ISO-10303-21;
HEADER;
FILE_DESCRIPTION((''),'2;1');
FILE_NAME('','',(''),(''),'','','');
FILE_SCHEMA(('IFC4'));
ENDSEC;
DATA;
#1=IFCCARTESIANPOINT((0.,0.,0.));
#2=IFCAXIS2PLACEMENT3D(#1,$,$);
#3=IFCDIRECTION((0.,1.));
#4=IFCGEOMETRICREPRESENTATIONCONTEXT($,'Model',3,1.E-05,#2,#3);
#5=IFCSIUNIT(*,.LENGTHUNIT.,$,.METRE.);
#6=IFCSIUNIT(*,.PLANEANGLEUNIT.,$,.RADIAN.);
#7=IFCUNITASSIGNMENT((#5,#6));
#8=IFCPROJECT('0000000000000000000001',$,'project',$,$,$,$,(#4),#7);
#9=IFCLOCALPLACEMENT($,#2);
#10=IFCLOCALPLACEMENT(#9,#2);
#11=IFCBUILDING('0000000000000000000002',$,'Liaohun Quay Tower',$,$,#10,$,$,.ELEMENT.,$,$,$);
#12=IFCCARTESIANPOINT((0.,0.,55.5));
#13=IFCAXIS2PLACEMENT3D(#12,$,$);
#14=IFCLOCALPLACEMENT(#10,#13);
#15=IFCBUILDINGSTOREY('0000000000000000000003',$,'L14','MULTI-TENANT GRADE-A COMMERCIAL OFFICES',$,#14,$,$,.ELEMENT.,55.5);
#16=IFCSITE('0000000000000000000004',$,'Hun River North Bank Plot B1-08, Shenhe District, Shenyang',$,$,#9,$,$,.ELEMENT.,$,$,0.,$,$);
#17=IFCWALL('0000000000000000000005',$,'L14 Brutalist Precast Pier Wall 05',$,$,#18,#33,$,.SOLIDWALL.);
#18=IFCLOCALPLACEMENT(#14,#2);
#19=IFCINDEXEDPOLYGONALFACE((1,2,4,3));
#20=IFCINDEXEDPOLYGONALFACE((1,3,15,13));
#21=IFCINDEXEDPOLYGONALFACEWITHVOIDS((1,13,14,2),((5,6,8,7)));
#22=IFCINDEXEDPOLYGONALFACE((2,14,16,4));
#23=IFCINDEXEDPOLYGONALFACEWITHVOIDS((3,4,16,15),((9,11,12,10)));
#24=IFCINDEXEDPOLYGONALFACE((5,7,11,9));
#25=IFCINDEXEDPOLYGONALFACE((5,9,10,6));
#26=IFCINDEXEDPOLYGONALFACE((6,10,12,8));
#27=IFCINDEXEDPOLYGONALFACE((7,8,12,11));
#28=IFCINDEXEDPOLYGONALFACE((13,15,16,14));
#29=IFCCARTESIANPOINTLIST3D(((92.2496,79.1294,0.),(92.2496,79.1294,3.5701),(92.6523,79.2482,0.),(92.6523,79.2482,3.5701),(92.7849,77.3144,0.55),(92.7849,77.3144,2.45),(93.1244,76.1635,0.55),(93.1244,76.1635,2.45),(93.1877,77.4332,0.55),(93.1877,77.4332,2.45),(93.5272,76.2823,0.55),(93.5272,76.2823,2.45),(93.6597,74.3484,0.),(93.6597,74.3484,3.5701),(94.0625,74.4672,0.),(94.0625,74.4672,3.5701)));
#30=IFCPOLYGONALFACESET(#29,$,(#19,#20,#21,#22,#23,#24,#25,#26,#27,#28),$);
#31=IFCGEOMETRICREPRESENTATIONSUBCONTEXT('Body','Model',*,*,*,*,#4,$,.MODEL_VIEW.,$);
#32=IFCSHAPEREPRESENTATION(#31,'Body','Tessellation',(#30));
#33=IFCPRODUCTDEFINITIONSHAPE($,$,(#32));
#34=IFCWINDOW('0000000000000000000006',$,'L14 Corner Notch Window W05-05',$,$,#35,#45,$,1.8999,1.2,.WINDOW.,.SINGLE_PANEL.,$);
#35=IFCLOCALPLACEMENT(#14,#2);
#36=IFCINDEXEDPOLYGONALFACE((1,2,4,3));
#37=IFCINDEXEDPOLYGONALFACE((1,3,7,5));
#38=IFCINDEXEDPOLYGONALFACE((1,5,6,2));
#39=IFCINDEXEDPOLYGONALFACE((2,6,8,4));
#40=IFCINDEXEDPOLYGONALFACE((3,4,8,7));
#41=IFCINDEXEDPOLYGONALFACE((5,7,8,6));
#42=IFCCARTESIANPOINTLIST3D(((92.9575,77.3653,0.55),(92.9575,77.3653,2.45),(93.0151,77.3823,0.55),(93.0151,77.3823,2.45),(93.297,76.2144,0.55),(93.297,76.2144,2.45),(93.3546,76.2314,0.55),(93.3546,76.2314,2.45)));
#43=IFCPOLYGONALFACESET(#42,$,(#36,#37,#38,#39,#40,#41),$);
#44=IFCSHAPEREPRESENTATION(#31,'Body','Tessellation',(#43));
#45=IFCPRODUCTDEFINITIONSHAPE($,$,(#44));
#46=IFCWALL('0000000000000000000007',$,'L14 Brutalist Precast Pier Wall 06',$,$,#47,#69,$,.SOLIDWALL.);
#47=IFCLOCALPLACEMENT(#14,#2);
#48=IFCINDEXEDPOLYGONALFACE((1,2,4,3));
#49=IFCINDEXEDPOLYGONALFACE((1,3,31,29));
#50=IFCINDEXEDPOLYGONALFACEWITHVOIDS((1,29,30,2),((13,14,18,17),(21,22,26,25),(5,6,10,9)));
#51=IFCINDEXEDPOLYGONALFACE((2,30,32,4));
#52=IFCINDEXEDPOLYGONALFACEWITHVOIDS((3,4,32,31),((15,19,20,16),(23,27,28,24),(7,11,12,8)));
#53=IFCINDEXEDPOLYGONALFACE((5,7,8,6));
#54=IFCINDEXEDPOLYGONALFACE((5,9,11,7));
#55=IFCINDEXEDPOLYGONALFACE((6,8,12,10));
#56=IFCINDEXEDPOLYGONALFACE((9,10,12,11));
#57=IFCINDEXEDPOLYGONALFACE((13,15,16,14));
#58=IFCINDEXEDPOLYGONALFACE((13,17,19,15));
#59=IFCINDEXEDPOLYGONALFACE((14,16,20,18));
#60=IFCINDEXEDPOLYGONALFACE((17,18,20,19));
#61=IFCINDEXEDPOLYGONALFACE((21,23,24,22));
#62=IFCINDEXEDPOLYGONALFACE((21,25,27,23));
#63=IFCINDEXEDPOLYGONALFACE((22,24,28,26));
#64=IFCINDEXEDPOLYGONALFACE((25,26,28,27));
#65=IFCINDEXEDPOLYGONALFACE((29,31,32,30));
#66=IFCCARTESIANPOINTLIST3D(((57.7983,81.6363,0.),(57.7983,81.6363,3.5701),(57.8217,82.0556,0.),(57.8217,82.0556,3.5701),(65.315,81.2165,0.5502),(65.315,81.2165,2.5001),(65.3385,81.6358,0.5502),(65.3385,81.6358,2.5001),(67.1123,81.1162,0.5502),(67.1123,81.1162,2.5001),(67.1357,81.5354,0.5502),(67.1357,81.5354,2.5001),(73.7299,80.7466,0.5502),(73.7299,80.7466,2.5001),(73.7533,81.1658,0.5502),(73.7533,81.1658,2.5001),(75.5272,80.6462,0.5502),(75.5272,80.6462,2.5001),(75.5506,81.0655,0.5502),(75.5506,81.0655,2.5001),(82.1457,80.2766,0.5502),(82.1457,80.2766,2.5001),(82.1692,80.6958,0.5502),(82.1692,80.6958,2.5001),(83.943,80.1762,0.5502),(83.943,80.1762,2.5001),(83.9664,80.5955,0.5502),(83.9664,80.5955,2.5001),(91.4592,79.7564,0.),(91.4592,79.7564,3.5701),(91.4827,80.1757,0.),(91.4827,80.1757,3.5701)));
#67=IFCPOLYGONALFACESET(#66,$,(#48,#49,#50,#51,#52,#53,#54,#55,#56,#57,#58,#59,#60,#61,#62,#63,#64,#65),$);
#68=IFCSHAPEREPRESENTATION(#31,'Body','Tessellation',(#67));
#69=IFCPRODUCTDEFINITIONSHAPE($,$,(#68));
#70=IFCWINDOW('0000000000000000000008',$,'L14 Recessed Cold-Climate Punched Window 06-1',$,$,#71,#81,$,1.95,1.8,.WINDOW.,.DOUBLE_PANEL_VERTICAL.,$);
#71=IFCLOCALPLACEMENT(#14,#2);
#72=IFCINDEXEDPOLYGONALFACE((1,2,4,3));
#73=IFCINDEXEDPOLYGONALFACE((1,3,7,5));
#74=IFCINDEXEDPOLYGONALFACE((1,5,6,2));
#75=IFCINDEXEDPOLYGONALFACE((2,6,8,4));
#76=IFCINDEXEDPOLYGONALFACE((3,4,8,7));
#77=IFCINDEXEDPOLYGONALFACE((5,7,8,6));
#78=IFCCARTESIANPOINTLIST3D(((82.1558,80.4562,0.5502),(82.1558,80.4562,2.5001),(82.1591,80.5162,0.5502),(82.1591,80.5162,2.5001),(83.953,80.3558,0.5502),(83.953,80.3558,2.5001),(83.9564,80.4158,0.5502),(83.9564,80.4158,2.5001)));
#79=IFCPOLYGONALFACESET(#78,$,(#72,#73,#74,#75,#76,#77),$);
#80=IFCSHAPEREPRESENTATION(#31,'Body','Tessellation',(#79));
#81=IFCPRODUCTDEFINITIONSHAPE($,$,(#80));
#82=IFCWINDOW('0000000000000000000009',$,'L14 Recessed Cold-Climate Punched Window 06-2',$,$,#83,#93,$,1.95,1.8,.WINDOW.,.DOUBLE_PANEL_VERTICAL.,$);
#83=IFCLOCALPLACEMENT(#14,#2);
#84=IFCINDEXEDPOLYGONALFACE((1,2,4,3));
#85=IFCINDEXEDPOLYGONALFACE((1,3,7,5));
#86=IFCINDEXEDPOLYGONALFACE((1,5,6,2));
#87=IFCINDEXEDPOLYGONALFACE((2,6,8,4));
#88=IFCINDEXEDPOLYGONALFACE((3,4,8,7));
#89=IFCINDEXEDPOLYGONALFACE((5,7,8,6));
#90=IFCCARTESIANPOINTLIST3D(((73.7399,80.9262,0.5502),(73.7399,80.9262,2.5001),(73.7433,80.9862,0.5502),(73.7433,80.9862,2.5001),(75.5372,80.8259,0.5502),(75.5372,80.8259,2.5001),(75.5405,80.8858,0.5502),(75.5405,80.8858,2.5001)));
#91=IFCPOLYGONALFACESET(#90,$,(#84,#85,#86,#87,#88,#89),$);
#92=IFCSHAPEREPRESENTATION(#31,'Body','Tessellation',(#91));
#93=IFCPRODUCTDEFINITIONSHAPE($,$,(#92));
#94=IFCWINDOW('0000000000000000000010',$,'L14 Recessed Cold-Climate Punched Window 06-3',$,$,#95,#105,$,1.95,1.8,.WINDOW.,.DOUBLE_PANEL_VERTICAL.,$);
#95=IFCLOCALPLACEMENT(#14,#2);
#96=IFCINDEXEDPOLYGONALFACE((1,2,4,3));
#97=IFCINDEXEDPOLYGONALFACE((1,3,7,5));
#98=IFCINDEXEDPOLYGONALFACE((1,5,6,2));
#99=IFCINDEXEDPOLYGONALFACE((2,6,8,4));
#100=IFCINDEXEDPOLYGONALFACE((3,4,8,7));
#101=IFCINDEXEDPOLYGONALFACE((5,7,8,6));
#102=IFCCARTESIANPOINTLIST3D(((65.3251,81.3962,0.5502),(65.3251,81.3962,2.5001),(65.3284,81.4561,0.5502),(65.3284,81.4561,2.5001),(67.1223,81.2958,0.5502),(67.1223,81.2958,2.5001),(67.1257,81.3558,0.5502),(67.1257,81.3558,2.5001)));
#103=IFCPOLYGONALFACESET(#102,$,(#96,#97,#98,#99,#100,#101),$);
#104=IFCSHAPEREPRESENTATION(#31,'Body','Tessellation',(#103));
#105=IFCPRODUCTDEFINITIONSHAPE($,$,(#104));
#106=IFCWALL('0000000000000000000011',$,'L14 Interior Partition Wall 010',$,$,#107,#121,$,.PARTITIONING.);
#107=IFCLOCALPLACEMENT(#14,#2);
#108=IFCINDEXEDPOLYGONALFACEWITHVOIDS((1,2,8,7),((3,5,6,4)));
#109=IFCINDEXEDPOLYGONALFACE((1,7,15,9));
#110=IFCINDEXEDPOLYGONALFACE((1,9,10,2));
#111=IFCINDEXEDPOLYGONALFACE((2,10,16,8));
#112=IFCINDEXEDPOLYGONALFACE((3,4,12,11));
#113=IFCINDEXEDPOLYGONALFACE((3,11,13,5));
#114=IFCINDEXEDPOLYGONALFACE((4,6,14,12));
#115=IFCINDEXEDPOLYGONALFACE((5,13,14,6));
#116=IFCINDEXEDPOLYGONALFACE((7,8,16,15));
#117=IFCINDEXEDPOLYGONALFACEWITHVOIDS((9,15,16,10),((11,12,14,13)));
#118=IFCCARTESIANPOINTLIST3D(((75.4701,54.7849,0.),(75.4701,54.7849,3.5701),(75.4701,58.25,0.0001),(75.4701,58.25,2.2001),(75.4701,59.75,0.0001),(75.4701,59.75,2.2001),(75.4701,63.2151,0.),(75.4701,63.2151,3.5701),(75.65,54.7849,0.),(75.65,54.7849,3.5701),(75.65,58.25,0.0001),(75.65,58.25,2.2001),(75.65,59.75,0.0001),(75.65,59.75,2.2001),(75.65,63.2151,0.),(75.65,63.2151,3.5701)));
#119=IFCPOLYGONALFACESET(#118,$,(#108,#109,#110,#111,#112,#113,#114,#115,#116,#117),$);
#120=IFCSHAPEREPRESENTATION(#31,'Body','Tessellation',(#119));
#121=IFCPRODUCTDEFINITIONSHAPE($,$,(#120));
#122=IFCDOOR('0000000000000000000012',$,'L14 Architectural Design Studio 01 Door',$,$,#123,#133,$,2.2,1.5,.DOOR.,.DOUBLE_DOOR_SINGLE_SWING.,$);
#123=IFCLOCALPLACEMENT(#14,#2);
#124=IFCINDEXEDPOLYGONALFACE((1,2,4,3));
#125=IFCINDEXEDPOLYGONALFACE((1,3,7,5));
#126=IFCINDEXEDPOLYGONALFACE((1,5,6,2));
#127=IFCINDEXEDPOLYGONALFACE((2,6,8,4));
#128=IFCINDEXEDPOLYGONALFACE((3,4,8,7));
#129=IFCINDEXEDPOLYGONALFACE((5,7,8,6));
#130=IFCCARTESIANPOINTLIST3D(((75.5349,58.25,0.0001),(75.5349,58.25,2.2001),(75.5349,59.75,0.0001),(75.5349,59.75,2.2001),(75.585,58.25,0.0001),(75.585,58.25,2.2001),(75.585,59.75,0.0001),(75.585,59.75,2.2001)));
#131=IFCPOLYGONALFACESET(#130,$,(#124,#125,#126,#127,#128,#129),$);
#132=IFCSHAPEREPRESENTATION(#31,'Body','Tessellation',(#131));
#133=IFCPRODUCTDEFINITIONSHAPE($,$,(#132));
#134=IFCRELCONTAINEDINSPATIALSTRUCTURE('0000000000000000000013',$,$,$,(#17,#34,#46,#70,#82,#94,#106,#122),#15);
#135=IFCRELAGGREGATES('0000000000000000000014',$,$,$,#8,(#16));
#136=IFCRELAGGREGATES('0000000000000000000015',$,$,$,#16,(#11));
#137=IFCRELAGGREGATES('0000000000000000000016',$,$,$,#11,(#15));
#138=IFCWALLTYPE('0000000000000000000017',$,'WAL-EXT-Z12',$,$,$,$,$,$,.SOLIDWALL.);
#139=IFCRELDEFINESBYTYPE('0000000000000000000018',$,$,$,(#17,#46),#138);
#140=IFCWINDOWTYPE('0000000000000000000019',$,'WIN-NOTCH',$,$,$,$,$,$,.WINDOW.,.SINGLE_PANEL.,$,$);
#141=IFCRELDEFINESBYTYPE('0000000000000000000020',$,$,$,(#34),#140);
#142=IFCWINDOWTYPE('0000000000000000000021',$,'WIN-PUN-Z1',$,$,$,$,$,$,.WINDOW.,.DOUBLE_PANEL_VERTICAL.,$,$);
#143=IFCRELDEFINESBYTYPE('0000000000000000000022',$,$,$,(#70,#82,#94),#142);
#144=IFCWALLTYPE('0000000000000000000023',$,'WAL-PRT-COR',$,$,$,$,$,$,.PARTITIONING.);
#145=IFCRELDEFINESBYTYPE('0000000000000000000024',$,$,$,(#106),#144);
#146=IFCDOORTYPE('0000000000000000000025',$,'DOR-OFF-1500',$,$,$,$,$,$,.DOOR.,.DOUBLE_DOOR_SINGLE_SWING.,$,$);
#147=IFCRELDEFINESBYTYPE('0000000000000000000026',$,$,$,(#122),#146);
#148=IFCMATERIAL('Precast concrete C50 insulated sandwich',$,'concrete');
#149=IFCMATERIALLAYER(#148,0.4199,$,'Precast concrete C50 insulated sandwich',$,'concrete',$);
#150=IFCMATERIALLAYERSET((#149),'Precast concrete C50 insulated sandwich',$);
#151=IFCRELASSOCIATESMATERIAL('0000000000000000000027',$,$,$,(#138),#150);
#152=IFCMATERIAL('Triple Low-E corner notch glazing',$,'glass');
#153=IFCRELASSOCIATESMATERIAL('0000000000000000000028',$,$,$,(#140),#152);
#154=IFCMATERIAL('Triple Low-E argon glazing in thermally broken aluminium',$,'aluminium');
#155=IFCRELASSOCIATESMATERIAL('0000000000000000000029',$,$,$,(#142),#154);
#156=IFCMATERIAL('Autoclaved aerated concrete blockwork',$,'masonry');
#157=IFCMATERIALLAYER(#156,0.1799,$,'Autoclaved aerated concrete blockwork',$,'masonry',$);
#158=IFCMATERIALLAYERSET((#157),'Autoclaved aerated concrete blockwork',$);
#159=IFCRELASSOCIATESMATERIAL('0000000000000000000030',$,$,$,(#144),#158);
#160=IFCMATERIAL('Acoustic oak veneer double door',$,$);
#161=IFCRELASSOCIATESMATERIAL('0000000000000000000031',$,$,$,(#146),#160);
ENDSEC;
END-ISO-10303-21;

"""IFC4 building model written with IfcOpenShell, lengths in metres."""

from ifc_helpers import new_model, si_unit, direction, frame, frame_2d, origin, place, context, subcontext, project, spatial, rectangle, extrude, source, transform, mapped, material, layer, layer_set, type_object, element, fill, save


model = new_model("IFC4")

# Units and contexts
model_context = context("Model", 3, precision=1e-05, world=origin(), true_north=direction((0.0, 1.0)))
body_context = subcontext(model_context, "Body", "Model", "MODEL_VIEW")
ifc_project = project(units=[si_unit("LENGTHUNIT", "METRE"), si_unit("PLANEANGLEUNIT", "RADIAN")], contexts=[model_context])

# Site, building, storey
site_placement = place(None, origin())
site = spatial("IfcSite", under=ifc_project, at=site_placement, Name="Hun River North Bank Plot B1-08, Shenhe District, Shenyang", CompositionType="ELEMENT", RefElevation=0.0)
building_placement = place(site_placement, origin())
building = spatial("IfcBuilding", under=site, at=building_placement, Name="Liaohun Quay Tower", CompositionType="ELEMENT")
storey_placement = place(building_placement, frame((0.0, 0.0, 55.5)))
storey = spatial("IfcBuildingStorey", under=building, at=storey_placement, Name="L14", Description="MULTI-TENANT GRADE-A COMMERCIAL OFFICES", CompositionType="ELEMENT", Elevation=55.5)

# Wall, opening, window
ifc_material_1 = material(Name="Precast concrete C50 insulated sandwich", Category="concrete")
ifc_layer_1 = layer(ifc_material_1, 0.4199, Name="Precast concrete C50 insulated sandwich", Category="concrete")
ifc_layer_set_1 = layer_set([ifc_layer_1], Name="Precast concrete C50 insulated sandwich")
wall_type_1 = type_object("IfcWallType", Name="WAL-EXT-Z12", PredefinedType="SOLIDWALL", material=ifc_layer_set_1)
shared_shape_1 = source(origin(), body_context, "Body", "SweptSolid", [
    extrude(rectangle(XDim=1.2, YDim=1.8999, at=frame_2d((0.6001, 0.95))), frame((0.0, 0.22, 0.0), z_axis=(0.0, -1.0, 0.0), x_axis=(1.0, 0.0, 0.0)), (0.0, 0.0, 1.0), 0.4399),
])
ifc_material_2 = material(Name="Triple Low-E corner notch glazing", Category="glass")
window_type_1 = type_object("IfcWindowType", Name="WIN-NOTCH", PartitioningType="SINGLE_PANEL", PredefinedType="WINDOW", material=ifc_material_2)
shared_shape_2 = source(origin(), body_context, "Body", "SweptSolid", [
    extrude(rectangle(XDim=1.2, YDim=1.8999, at=frame_2d((0.6001, 0.95))), frame((0.0, 0.03, 0.0), z_axis=(0.0, -1.0, 0.0), x_axis=(1.0, 0.0, 0.0)), (0.0, 0.0, 1.0), 0.0601),
])
wall_1_placement = place(storey_placement, frame((93.8611, 74.408, 0.0), z_axis=(0.0, 0.0, 1.0), x_axis=(-0.282901, 0.959149, 0.0)))
wall_1 = element("IfcWall", 1, at=wall_1_placement, inside=storey, type_object=wall_type_1, Name="L14 Brutalist Precast Pier Wall 05", PredefinedType="SOLIDWALL", context=body_context, shape_type="SweptSolid", body=[
    extrude(rectangle(XDim=4.9846, YDim=0.4199, at=frame_2d((2.4922, 0.0))), origin(), (0.0, 0.0, 1.0), 3.5701),
])
opening_1_placement = place(wall_1_placement, frame((1.8921, 0.0, 0.55)))
opening_1 = element("IfcOpeningElement", 2, at=opening_1_placement, cuts=wall_1, PredefinedType="OPENING", context=body_context, shape_type="MappedRepresentation", body=[
    mapped(shared_shape_1, transform((0.0, 0.0, 0.0), x_axis=(1.0, 0.0, 0.0), y_axis=(0.0, 1.0, 0.0), z_axis=(0.0, 0.0, 1.0), scale=1.0)),
])
window_1_placement = place(opening_1_placement, origin())
window_1 = element("IfcWindow", 3, at=window_1_placement, inside=storey, type_object=window_type_1, Name="L14 Corner Notch Window W05-05", OverallHeight=1.8999, OverallWidth=1.2, PartitioningType="SINGLE_PANEL", PredefinedType="WINDOW", context=body_context, shape_type="MappedRepresentation", body=[
    mapped(shared_shape_2, transform((0.0, 0.0, 0.0), x_axis=(1.0, 0.0, 0.0), y_axis=(0.0, 1.0, 0.0), z_axis=(0.0, 0.0, 1.0), scale=1.0)),
])
fill(opening_1, window_1)

# Wall, openings, windows
wall_2_placement = place(storey_placement, frame((91.4709, 79.9661, 0.0), z_axis=(0.0, 0.0, 1.0), x_axis=(-0.998444, 0.055761, 0.0)))
wall_2 = element("IfcWall", 4, at=wall_2_placement, inside=storey, type_object=wall_type_1, Name="L14 Brutalist Precast Pier Wall 06", PredefinedType="SOLIDWALL", context=body_context, shape_type="SweptSolid", body=[
    extrude(rectangle(XDim=33.7134, YDim=0.4199, at=frame_2d((16.8567, 0.0))), origin(), (0.0, 0.0, 1.0), 3.5701),
])
shared_shape_3 = source(origin(), body_context, "Body", "SweptSolid", [
    extrude(rectangle(XDim=1.8, YDim=1.95, at=frame_2d((0.8999, 0.9751))), frame((0.0, 0.22, 0.0), z_axis=(0.0, -1.0, 0.0), x_axis=(1.0, 0.0, 0.0)), (0.0, 0.0, 1.0), 0.4399),
])
opening_2_placement = place(wall_2_placement, frame((7.5281, 0.0, 0.55)))
opening_2 = element("IfcOpeningElement", 5, at=opening_2_placement, cuts=wall_2, PredefinedType="OPENING", context=body_context, shape_type="MappedRepresentation", body=[
    mapped(shared_shape_3, transform((0.0, 0.0, 0.0), x_axis=(1.0, 0.0, 0.0), y_axis=(0.0, 1.0, 0.0), z_axis=(0.0, 0.0, 1.0), scale=1.0)),
])
opening_3_placement = place(wall_2_placement, frame((15.957, 0.0, 0.55)))
opening_3 = element("IfcOpeningElement", 6, at=opening_3_placement, cuts=wall_2, PredefinedType="OPENING", context=body_context, shape_type="MappedRepresentation", body=[
    mapped(shared_shape_3, transform((0.0, 0.0, 0.0), x_axis=(1.0, 0.0, 0.0), y_axis=(0.0, 1.0, 0.0), z_axis=(0.0, 0.0, 1.0), scale=1.0)),
])
opening_4_placement = place(wall_2_placement, frame((24.385, 0.0, 0.55)))
opening_4 = element("IfcOpeningElement", 7, at=opening_4_placement, cuts=wall_2, PredefinedType="OPENING", context=body_context, shape_type="MappedRepresentation", body=[
    mapped(shared_shape_3, transform((0.0, 0.0, 0.0), x_axis=(1.0, 0.0, 0.0), y_axis=(0.0, 1.0, 0.0), z_axis=(0.0, 0.0, 1.0), scale=1.0)),
])
ifc_material_3 = material(Name="Triple Low-E argon glazing in thermally broken aluminium", Category="aluminium")
window_type_2 = type_object("IfcWindowType", Name="WIN-PUN-Z1", PartitioningType="DOUBLE_PANEL_VERTICAL", PredefinedType="WINDOW", material=ifc_material_3)
shared_shape_4 = source(origin(), body_context, "Body", "SweptSolid", [
    extrude(rectangle(XDim=1.8, YDim=1.95, at=frame_2d((0.8999, 0.9751))), frame((0.0, 0.03, 0.0), z_axis=(0.0, -1.0, 0.0), x_axis=(1.0, 0.0, 0.0)), (0.0, 0.0, 1.0), 0.0601),
])
window_2_placement = place(opening_2_placement, origin())
window_2 = element("IfcWindow", 8, at=window_2_placement, inside=storey, type_object=window_type_2, Name="L14 Recessed Cold-Climate Punched Window 06-1", OverallHeight=1.95, OverallWidth=1.8, PartitioningType="DOUBLE_PANEL_VERTICAL", PredefinedType="WINDOW", context=body_context, shape_type="MappedRepresentation", body=[
    mapped(shared_shape_4, transform((0.0, 0.0, 0.0), x_axis=(1.0, 0.0, 0.0), y_axis=(0.0, 1.0, 0.0), z_axis=(0.0, 0.0, 1.0), scale=1.0)),
])
fill(opening_2, window_2)
window_3_placement = place(opening_3_placement, origin())
window_3 = element("IfcWindow", 9, at=window_3_placement, inside=storey, type_object=window_type_2, Name="L14 Recessed Cold-Climate Punched Window 06-2", OverallHeight=1.95, OverallWidth=1.8, PartitioningType="DOUBLE_PANEL_VERTICAL", PredefinedType="WINDOW", context=body_context, shape_type="MappedRepresentation", body=[
    mapped(shared_shape_4, transform((0.0, 0.0, 0.0), x_axis=(1.0, 0.0, 0.0), y_axis=(0.0, 1.0, 0.0), z_axis=(0.0, 0.0, 1.0), scale=1.0)),
])
fill(opening_3, window_3)
window_4_placement = place(opening_4_placement, origin())
window_4 = element("IfcWindow", 10, at=window_4_placement, inside=storey, type_object=window_type_2, Name="L14 Recessed Cold-Climate Punched Window 06-3", OverallHeight=1.95, OverallWidth=1.8, PartitioningType="DOUBLE_PANEL_VERTICAL", PredefinedType="WINDOW", context=body_context, shape_type="MappedRepresentation", body=[
    mapped(shared_shape_4, transform((0.0, 0.0, 0.0), x_axis=(1.0, 0.0, 0.0), y_axis=(0.0, 1.0, 0.0), z_axis=(0.0, 0.0, 1.0), scale=1.0)),
])
fill(opening_4, window_4)

# Wall, opening, door
ifc_material_4 = material(Name="Autoclaved aerated concrete blockwork", Category="masonry")
ifc_layer_2 = layer(ifc_material_4, 0.1799, Name="Autoclaved aerated concrete blockwork", Category="masonry")
ifc_layer_set_2 = layer_set([ifc_layer_2], Name="Autoclaved aerated concrete blockwork")
wall_type_2 = type_object("IfcWallType", Name="WAL-PRT-COR", PredefinedType="PARTITIONING", material=ifc_layer_set_2)
wall_3_placement = place(storey_placement, frame((75.5601, 63.2151, 0.0), z_axis=(0.0, 0.0, 1.0), x_axis=(0.0, -1.0, 0.0)))
wall_3 = element("IfcWall", 11, at=wall_3_placement, inside=storey, type_object=wall_type_2, Name="L14 Interior Partition Wall 010", PredefinedType="PARTITIONING", context=body_context, shape_type="SweptSolid", body=[
    extrude(rectangle(XDim=8.4302, YDim=0.1799, at=frame_2d((4.2151, 0.0))), origin(), (0.0, 0.0, 1.0), 3.5701),
])
shared_shape_5 = source(origin(), body_context, "Body", "SweptSolid", [
    extrude(rectangle(XDim=1.5, YDim=2.2, at=frame_2d((0.75, 1.1001))), frame((0.0, 0.0999, 0.0), z_axis=(0.0, -1.0, 0.0), x_axis=(1.0, 0.0, 0.0)), (0.0, 0.0, 1.0), 0.2),
])
opening_5_placement = place(wall_3_placement, frame((3.4651, 0.0, 0.0)))
opening_5 = element("IfcOpeningElement", 12, at=opening_5_placement, cuts=wall_3, PredefinedType="OPENING", context=body_context, shape_type="MappedRepresentation", body=[
    mapped(shared_shape_5, transform((0.0, 0.0, 0.0), x_axis=(1.0, 0.0, 0.0), y_axis=(0.0, 1.0, 0.0), z_axis=(0.0, 0.0, 1.0), scale=1.0)),
])
ifc_material_5 = material(Name="Acoustic oak veneer double door")
door_type_1 = type_object("IfcDoorType", Name="DOR-OFF-1500", OperationType="DOUBLE_DOOR_SINGLE_SWING", PredefinedType="DOOR", material=ifc_material_5)
shared_shape_6 = source(origin(), body_context, "Body", "SweptSolid", [
    extrude(rectangle(XDim=1.5, YDim=2.2, at=frame_2d((0.75, 1.1001))), frame((0.0, 0.0249, 0.0), z_axis=(0.0, -1.0, 0.0), x_axis=(1.0, 0.0, 0.0)), (0.0, 0.0, 1.0), 0.05),
])
door_1_placement = place(opening_5_placement, origin())
door_1 = element("IfcDoor", 13, at=door_1_placement, inside=storey, type_object=door_type_1, Name="L14 Architectural Design Studio 01 Door", OperationType="DOUBLE_DOOR_SINGLE_SWING", OverallHeight=2.2, OverallWidth=1.5, PredefinedType="DOOR", context=body_context, shape_type="MappedRepresentation", body=[
    mapped(shared_shape_6, transform((0.0, 0.0, 0.0), x_axis=(1.0, 0.0, 0.0), y_axis=(0.0, 1.0, 0.0), z_axis=(0.0, 0.0, 1.0), scale=1.0)),
])
fill(opening_5, door_1)

save(model, "model.ifc")
